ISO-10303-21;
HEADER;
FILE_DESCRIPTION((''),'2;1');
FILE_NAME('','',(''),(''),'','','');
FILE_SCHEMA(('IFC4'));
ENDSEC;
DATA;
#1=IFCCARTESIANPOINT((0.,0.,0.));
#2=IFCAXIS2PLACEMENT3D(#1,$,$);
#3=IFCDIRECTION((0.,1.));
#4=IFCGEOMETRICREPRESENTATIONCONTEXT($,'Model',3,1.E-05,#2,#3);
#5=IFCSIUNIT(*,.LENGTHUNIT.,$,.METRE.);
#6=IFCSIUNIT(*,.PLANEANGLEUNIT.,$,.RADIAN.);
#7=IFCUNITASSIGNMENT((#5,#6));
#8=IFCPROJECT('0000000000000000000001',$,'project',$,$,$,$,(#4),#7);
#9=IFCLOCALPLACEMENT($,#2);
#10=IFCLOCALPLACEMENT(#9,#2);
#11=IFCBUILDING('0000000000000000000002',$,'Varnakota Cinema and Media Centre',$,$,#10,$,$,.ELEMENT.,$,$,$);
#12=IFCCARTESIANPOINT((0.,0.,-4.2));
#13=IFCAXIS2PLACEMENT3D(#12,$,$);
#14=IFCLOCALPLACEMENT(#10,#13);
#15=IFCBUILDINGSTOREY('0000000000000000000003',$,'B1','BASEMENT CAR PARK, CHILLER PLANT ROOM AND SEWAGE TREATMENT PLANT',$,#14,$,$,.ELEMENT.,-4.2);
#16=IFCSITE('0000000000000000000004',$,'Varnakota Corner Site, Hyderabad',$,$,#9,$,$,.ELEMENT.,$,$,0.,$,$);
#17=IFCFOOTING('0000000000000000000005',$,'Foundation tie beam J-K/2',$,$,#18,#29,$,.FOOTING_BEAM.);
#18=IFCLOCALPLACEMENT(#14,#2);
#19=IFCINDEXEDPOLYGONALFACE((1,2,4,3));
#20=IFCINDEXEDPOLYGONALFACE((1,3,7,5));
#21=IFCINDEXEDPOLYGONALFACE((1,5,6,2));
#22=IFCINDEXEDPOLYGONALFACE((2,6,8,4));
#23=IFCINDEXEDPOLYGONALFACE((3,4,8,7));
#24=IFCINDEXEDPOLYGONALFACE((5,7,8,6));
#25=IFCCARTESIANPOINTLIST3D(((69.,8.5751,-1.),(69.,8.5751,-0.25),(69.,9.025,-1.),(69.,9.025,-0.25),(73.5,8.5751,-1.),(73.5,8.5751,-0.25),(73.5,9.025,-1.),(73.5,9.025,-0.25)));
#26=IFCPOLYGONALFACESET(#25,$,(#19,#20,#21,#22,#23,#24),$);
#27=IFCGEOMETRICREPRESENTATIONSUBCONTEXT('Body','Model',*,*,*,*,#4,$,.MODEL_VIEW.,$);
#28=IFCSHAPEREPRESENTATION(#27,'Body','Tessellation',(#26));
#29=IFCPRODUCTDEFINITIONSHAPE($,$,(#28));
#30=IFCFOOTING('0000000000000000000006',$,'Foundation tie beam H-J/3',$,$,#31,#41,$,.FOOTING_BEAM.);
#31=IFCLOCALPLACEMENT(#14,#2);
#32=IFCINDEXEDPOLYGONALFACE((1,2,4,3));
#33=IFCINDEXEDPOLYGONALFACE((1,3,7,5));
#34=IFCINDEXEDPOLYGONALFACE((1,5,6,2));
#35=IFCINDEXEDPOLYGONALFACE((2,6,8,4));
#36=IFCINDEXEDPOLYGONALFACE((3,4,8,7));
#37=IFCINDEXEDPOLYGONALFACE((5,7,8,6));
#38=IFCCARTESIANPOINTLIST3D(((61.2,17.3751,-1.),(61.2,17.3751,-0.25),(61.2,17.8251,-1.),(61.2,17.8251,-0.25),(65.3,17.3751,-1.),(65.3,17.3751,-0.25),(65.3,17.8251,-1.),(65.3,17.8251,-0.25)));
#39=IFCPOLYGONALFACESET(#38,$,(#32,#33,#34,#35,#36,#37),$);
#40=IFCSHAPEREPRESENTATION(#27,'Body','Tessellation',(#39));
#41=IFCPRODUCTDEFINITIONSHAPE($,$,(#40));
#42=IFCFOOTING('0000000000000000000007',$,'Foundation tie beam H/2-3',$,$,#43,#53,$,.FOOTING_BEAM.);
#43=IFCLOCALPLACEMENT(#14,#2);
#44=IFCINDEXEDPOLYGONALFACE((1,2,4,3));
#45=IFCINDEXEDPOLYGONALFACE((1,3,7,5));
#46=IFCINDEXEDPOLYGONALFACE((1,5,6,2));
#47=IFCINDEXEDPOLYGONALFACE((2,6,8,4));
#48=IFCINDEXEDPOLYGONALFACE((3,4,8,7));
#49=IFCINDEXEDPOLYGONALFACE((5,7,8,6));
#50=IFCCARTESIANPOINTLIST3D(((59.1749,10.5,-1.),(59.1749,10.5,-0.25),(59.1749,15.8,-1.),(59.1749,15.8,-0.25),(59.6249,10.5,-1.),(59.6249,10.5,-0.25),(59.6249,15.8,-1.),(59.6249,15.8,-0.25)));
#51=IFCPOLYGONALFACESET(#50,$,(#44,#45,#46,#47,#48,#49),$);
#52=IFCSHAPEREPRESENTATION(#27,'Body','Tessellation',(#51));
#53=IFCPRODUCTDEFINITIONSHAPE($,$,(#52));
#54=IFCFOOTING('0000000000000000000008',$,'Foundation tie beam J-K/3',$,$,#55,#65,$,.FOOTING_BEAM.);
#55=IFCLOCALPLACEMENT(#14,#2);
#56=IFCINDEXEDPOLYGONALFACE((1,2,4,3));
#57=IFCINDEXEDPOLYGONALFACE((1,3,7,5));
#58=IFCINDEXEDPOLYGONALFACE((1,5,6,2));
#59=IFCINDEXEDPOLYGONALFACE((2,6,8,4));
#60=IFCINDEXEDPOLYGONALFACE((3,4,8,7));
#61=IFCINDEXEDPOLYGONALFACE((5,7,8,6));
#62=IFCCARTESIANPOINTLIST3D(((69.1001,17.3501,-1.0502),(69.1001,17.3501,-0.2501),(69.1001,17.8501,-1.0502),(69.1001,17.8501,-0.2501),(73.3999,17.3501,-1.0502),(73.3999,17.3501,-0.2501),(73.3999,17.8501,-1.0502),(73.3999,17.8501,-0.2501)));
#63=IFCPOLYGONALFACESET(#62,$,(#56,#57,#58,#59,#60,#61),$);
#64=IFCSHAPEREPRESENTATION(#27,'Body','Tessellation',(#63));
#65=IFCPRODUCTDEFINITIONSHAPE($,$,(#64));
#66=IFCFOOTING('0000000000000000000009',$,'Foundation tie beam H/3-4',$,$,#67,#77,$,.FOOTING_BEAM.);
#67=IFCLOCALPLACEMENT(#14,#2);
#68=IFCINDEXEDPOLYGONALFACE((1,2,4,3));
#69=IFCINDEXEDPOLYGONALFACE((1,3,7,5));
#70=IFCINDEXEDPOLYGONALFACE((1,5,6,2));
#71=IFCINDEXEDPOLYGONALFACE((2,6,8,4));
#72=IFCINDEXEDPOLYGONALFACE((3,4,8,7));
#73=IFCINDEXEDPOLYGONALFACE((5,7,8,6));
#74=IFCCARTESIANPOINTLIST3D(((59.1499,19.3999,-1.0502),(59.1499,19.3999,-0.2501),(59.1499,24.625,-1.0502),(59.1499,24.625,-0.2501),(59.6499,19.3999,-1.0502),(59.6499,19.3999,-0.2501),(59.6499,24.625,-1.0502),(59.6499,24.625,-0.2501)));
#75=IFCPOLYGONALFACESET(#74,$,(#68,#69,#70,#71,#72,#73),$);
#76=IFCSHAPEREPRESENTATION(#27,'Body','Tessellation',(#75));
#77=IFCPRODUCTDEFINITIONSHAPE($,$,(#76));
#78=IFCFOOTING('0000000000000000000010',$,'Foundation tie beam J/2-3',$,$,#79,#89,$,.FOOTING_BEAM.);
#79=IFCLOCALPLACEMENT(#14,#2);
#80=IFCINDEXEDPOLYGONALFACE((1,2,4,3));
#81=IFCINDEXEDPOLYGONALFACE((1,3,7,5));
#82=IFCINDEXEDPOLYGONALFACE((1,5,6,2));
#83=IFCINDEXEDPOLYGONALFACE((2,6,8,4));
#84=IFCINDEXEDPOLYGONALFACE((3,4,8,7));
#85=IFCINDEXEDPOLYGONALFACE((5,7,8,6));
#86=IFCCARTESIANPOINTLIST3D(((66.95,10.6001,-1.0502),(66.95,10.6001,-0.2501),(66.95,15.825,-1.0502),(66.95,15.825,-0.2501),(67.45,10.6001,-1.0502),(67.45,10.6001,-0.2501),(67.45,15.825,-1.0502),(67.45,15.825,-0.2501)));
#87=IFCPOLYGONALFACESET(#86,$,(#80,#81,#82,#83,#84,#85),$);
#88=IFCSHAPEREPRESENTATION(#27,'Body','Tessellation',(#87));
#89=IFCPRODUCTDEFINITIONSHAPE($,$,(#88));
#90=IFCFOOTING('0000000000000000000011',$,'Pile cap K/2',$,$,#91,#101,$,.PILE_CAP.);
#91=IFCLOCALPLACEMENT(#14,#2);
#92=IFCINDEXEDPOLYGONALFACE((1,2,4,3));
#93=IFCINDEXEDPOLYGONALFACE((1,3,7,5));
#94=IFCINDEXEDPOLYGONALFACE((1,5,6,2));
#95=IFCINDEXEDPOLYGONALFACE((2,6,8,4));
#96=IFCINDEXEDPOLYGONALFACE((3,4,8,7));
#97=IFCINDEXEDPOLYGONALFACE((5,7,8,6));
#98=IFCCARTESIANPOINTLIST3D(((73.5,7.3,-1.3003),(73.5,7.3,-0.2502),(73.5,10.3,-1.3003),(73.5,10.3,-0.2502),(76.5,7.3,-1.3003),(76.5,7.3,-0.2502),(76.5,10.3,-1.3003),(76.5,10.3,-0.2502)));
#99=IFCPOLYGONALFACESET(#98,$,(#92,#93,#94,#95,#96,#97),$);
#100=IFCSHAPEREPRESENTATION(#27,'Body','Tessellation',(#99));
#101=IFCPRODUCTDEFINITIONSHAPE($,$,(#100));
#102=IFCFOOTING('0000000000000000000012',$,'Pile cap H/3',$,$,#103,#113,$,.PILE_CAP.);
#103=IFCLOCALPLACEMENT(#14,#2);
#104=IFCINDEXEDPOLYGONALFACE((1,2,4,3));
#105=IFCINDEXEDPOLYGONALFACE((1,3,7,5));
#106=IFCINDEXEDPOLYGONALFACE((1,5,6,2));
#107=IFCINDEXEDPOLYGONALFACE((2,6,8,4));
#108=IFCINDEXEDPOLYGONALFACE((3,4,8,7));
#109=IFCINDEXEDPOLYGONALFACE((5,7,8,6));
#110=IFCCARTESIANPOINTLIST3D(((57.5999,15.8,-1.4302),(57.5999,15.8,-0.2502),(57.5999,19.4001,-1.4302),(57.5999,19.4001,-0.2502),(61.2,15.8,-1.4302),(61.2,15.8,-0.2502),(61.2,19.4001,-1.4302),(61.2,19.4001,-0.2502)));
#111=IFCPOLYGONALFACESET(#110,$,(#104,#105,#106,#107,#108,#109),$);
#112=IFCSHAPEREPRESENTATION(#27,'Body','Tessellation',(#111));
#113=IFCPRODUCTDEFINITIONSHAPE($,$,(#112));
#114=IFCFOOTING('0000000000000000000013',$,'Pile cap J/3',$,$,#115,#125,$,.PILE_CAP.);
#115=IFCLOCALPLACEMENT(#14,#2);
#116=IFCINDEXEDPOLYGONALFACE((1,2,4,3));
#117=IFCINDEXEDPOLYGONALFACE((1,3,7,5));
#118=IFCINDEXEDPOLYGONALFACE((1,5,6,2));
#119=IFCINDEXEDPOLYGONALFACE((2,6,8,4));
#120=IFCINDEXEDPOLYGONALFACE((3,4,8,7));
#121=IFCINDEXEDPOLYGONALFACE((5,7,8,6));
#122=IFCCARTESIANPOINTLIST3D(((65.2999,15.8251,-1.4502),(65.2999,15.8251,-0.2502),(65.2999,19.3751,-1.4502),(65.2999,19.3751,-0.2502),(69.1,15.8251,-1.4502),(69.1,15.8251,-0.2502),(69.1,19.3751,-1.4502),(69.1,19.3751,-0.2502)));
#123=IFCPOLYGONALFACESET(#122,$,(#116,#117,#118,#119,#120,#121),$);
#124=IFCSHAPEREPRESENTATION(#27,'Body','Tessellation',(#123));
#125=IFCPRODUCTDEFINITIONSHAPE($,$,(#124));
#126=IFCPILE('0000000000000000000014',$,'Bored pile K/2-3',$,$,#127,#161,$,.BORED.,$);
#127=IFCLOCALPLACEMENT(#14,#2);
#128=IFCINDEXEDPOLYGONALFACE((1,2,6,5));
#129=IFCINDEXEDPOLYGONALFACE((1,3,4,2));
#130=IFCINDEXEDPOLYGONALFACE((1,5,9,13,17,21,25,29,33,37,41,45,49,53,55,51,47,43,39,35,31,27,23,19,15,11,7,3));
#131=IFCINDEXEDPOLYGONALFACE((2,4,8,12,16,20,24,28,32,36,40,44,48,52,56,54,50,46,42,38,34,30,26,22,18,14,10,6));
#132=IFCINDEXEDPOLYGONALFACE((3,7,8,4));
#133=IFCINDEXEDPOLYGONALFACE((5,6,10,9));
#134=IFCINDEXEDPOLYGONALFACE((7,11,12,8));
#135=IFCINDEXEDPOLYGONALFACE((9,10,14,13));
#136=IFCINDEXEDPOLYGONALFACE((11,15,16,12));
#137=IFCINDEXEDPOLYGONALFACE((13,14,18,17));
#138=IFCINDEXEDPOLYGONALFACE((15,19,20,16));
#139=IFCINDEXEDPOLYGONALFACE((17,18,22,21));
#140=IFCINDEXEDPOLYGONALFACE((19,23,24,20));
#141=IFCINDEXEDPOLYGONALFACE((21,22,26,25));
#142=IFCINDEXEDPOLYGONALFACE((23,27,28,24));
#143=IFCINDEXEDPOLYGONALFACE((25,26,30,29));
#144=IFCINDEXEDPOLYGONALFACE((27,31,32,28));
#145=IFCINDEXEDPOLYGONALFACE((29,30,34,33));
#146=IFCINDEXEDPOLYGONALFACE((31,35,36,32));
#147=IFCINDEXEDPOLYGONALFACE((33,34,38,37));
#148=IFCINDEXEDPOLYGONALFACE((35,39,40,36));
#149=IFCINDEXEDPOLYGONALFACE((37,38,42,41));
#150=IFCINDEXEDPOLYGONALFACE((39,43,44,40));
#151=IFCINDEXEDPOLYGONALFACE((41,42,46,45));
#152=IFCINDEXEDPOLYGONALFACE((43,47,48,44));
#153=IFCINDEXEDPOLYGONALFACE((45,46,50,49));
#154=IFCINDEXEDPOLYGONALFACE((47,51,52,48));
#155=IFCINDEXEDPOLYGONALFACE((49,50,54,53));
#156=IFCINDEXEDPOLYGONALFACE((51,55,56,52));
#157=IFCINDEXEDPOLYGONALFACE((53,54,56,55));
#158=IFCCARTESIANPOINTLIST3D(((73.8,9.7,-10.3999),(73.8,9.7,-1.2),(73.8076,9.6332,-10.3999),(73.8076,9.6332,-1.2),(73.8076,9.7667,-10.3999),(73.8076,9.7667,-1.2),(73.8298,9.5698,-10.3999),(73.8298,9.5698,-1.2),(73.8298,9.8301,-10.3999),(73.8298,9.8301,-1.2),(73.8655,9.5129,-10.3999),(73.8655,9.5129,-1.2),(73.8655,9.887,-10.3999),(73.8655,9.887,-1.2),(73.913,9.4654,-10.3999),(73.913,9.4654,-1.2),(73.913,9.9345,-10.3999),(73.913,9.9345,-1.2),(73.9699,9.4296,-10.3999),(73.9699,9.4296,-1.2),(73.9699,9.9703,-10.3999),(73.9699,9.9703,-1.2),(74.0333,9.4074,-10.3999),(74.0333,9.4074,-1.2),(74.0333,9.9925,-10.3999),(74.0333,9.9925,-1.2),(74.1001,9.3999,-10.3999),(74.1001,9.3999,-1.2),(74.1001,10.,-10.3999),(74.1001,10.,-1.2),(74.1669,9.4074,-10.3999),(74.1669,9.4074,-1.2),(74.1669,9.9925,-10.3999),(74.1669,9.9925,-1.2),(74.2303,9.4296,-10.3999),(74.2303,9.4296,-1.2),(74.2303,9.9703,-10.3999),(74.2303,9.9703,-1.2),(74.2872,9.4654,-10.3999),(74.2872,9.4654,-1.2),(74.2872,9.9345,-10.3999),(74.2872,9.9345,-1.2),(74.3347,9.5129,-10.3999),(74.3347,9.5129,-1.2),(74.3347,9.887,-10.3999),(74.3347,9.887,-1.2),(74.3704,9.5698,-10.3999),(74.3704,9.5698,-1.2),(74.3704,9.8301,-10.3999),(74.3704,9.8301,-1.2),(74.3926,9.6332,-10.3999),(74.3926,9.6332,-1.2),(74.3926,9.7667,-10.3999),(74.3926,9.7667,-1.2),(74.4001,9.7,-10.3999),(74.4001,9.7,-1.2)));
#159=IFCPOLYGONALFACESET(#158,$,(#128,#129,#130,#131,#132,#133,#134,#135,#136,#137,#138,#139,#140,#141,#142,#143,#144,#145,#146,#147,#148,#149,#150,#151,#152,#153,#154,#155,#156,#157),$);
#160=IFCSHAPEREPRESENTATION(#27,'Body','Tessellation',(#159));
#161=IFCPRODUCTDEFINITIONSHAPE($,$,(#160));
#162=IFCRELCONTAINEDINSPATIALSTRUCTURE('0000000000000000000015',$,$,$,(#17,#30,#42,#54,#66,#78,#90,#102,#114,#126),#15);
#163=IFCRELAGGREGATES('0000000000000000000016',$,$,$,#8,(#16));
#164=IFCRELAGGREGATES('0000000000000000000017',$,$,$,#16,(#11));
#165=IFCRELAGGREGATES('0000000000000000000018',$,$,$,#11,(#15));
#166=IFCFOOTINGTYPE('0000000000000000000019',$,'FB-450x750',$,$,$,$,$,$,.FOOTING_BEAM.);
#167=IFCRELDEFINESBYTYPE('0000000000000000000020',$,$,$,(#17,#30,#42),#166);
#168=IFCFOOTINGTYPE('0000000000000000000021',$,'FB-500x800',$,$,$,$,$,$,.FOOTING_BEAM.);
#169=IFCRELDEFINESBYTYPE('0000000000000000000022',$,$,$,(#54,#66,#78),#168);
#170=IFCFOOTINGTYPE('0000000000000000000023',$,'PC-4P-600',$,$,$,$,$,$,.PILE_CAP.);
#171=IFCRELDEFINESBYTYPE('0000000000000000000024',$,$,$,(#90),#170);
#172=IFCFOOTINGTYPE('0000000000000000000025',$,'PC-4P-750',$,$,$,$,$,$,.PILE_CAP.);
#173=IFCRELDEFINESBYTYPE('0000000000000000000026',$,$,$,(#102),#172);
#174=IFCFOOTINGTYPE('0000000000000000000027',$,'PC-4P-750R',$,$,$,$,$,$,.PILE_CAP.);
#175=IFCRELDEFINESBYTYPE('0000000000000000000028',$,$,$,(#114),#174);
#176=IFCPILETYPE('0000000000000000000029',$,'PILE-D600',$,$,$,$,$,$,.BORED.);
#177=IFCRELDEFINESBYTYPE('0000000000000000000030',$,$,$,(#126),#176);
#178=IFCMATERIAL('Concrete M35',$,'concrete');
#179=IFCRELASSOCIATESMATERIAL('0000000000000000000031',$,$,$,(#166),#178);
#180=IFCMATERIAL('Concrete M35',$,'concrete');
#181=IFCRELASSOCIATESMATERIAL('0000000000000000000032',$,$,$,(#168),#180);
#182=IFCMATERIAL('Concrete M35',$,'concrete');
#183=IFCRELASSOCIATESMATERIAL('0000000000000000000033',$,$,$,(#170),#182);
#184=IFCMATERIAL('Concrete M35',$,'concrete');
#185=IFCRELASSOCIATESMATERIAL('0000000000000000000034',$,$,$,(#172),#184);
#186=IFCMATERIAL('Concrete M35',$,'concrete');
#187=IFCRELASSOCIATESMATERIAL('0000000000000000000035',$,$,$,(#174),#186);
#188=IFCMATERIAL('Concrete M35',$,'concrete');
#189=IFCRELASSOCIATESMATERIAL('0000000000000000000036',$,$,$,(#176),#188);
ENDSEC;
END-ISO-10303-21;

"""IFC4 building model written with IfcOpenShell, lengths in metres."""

from ifc_helpers import new_model, si_unit, direction, frame, origin, origin_2d, place, context, subcontext, project, spatial, rectangle, circle, extrude, material, material_profile, profile_set, type_object, element, save


model = new_model("IFC4")

# Units and contexts
model_context = context("Model", 3, precision=1e-05, world=origin(), true_north=direction((0.0, 1.0)))
body_context = subcontext(model_context, "Body", "Model", "MODEL_VIEW")
ifc_project = project(units=[si_unit("LENGTHUNIT", "METRE"), si_unit("PLANEANGLEUNIT", "RADIAN")], contexts=[model_context])

# Site, building, storey
site_placement = place(None, origin())
site = spatial("IfcSite", under=ifc_project, at=site_placement, Name="Varnakota Corner Site, Hyderabad", CompositionType="ELEMENT", RefElevation=0.0)
building_placement = place(site_placement, origin())
building = spatial("IfcBuilding", under=site, at=building_placement, Name="Varnakota Cinema and Media Centre", CompositionType="ELEMENT")
storey_placement = place(building_placement, frame((0.0, 0.0, -4.2)))
storey = spatial("IfcBuildingStorey", under=building, at=storey_placement, Name="B1", Description="BASEMENT CAR PARK, CHILLER PLANT ROOM AND SEWAGE TREATMENT PLANT", CompositionType="ELEMENT", Elevation=-4.2)

# Footings
ifc_material_1 = material(Name="Concrete M35", Category="concrete")
ifc_material_profile_1 = material_profile(ifc_material_1, rectangle(XDim=0.45, YDim=0.75, at=origin_2d()), Name="FB 450x750")
ifc_profile_set_1 = profile_set([ifc_material_profile_1], Name="Concrete M35")
footing_type_1 = type_object("IfcFootingType", Name="FB-450x750", PredefinedType="FOOTING_BEAM", material=ifc_profile_set_1)
footing_1_placement = place(storey_placement, frame((69.0, 8.8, -0.625), z_axis=(1.0, 0.0, 0.0), x_axis=(0.0, 1.0, 0.0)))
element("IfcFooting", 1, at=footing_1_placement, inside=storey, type_object=footing_type_1, Name="Foundation tie beam J-K/2", PredefinedType="FOOTING_BEAM", context=body_context, shape_type="SweptSolid", body=[
    extrude(rectangle(XDim=0.45, YDim=0.75, at=origin_2d()), origin(), (0.0, 0.0, 1.0), 4.5),
])
footing_2_placement = place(storey_placement, frame((61.2, 17.6001, -0.625), z_axis=(1.0, 0.0, 0.0), x_axis=(0.0, 1.0, 0.0)))
element("IfcFooting", 2, at=footing_2_placement, inside=storey, type_object=footing_type_1, Name="Foundation tie beam H-J/3", PredefinedType="FOOTING_BEAM", context=body_context, shape_type="SweptSolid", body=[
    extrude(rectangle(XDim=0.45, YDim=0.75, at=origin_2d()), origin(), (0.0, 0.0, 1.0), 4.1001),
])
footing_3_placement = place(storey_placement, frame((59.3999, 10.5, -0.625), z_axis=(0.0, 1.0, 0.0), x_axis=(-1.0, 0.0, 0.0)))
element("IfcFooting", 3, at=footing_3_placement, inside=storey, type_object=footing_type_1, Name="Foundation tie beam H/2-3", PredefinedType="FOOTING_BEAM", context=body_context, shape_type="SweptSolid", body=[
    extrude(rectangle(XDim=0.45, YDim=0.75, at=origin_2d()), origin(), (0.0, 0.0, 1.0), 5.3),
])
ifc_material_2 = material(Name="Concrete M35", Category="concrete")
ifc_material_profile_2 = material_profile(ifc_material_2, rectangle(XDim=0.5, YDim=0.8, at=origin_2d()), Name="FB 500x800")
ifc_profile_set_2 = profile_set([ifc_material_profile_2], Name="Concrete M35")
footing_type_2 = type_object("IfcFootingType", Name="FB-500x800", PredefinedType="FOOTING_BEAM", material=ifc_profile_set_2)
footing_4_placement = place(storey_placement, frame((69.1001, 17.6001, -0.6501), z_axis=(1.0, 0.0, 0.0), x_axis=(0.0, 1.0, 0.0)))
element("IfcFooting", 4, at=footing_4_placement, inside=storey, type_object=footing_type_2, Name="Foundation tie beam J-K/3", PredefinedType="FOOTING_BEAM", context=body_context, shape_type="SweptSolid", body=[
    extrude(rectangle(XDim=0.5, YDim=0.8, at=origin_2d()), origin(), (0.0, 0.0, 1.0), 4.2998),
])
footing_5_placement = place(storey_placement, frame((59.3999, 19.3999, -0.6501), z_axis=(0.0, 1.0, 0.0), x_axis=(-1.0, 0.0, 0.0)))
element("IfcFooting", 5, at=footing_5_placement, inside=storey, type_object=footing_type_2, Name="Foundation tie beam H/3-4", PredefinedType="FOOTING_BEAM", context=body_context, shape_type="SweptSolid", body=[
    extrude(rectangle(XDim=0.5, YDim=0.8, at=origin_2d()), origin(), (0.0, 0.0, 1.0), 5.2251),
])
footing_6_placement = place(storey_placement, frame((67.2, 10.6001, -0.6501), z_axis=(0.0, 1.0, 0.0), x_axis=(-1.0, 0.0, 0.0)))
element("IfcFooting", 6, at=footing_6_placement, inside=storey, type_object=footing_type_2, Name="Foundation tie beam J/2-3", PredefinedType="FOOTING_BEAM", context=body_context, shape_type="SweptSolid", body=[
    extrude(rectangle(XDim=0.5, YDim=0.8, at=origin_2d()), origin(), (0.0, 0.0, 1.0), 5.2249),
])
ifc_material_3 = material(Name="Concrete M35", Category="concrete")
footing_type_3 = type_object("IfcFootingType", Name="PC-4P-600", PredefinedType="PILE_CAP", material=ifc_material_3)
footing_7_placement = place(storey_placement, frame((75.0, 8.8, -1.3003), z_axis=(0.0, 0.0, 1.0), x_axis=(1.0, 0.0, 0.0)))
element("IfcFooting", 7, at=footing_7_placement, inside=storey, type_object=footing_type_3, Name="Pile cap K/2", PredefinedType="PILE_CAP", context=body_context, shape_type="SweptSolid", body=[
    extrude(rectangle(XDim=3.0, YDim=3.0, at=origin_2d()), origin(), (0.0, 0.0, 1.0), 1.05),
])
ifc_material_4 = material(Name="Concrete M35", Category="concrete")
footing_type_4 = type_object("IfcFootingType", Name="PC-4P-750", PredefinedType="PILE_CAP", material=ifc_material_4)
footing_8_placement = place(storey_placement, frame((59.3999, 17.6001, -1.4302), z_axis=(0.0, 0.0, 1.0), x_axis=(1.0, 0.0, 0.0)))
element("IfcFooting", 8, at=footing_8_placement, inside=storey, type_object=footing_type_4, Name="Pile cap H/3", PredefinedType="PILE_CAP", context=body_context, shape_type="SweptSolid", body=[
    extrude(rectangle(XDim=3.6001, YDim=3.6001, at=origin_2d()), origin(), (0.0, 0.0, 1.0), 1.1799),
])
ifc_material_5 = material(Name="Concrete M35", Category="concrete")
footing_type_5 = type_object("IfcFootingType", Name="PC-4P-750R", PredefinedType="PILE_CAP", material=ifc_material_5)
footing_9_placement = place(storey_placement, frame((67.2, 17.6001, -1.4502), z_axis=(0.0, 0.0, 1.0), x_axis=(1.0, 0.0, 0.0)))
element("IfcFooting", 9, at=footing_9_placement, inside=storey, type_object=footing_type_5, Name="Pile cap J/3", PredefinedType="PILE_CAP", context=body_context, shape_type="SweptSolid", body=[
    extrude(rectangle(XDim=3.8, YDim=3.55, at=origin_2d()), origin(), (0.0, 0.0, 1.0), 1.2),
])

# Pile
ifc_material_6 = material(Name="Concrete M35", Category="concrete")
ifc_material_profile_3 = material_profile(ifc_material_6, circle(Radius=0.3, at=origin_2d()), Name="PILE D600")
ifc_profile_set_3 = profile_set([ifc_material_profile_3], Name="Concrete M35")
pile_type_1 = type_object("IfcPileType", Name="PILE-D600", PredefinedType="BORED", material=ifc_profile_set_3)
for number, where, z_axis, x_axis, name in (
    (10, (74.1001, 9.7, -1.2), (0.0, 0.0, -1.0), (1.0, 0.0, 0.0), "Bored pile K/2-3"),
):
    element("IfcPile", number, at=place(storey_placement, frame(where, z_axis=z_axis, x_axis=x_axis)), inside=storey, type_object=pile_type_1, Name=name, PredefinedType="BORED", context=body_context, shape_type="SweptSolid", body=[
        extrude(circle(Radius=0.3, at=origin_2d()), origin(), (0.0, 0.0, 1.0), 9.2),
    ])

save(model, "model.ifc")
